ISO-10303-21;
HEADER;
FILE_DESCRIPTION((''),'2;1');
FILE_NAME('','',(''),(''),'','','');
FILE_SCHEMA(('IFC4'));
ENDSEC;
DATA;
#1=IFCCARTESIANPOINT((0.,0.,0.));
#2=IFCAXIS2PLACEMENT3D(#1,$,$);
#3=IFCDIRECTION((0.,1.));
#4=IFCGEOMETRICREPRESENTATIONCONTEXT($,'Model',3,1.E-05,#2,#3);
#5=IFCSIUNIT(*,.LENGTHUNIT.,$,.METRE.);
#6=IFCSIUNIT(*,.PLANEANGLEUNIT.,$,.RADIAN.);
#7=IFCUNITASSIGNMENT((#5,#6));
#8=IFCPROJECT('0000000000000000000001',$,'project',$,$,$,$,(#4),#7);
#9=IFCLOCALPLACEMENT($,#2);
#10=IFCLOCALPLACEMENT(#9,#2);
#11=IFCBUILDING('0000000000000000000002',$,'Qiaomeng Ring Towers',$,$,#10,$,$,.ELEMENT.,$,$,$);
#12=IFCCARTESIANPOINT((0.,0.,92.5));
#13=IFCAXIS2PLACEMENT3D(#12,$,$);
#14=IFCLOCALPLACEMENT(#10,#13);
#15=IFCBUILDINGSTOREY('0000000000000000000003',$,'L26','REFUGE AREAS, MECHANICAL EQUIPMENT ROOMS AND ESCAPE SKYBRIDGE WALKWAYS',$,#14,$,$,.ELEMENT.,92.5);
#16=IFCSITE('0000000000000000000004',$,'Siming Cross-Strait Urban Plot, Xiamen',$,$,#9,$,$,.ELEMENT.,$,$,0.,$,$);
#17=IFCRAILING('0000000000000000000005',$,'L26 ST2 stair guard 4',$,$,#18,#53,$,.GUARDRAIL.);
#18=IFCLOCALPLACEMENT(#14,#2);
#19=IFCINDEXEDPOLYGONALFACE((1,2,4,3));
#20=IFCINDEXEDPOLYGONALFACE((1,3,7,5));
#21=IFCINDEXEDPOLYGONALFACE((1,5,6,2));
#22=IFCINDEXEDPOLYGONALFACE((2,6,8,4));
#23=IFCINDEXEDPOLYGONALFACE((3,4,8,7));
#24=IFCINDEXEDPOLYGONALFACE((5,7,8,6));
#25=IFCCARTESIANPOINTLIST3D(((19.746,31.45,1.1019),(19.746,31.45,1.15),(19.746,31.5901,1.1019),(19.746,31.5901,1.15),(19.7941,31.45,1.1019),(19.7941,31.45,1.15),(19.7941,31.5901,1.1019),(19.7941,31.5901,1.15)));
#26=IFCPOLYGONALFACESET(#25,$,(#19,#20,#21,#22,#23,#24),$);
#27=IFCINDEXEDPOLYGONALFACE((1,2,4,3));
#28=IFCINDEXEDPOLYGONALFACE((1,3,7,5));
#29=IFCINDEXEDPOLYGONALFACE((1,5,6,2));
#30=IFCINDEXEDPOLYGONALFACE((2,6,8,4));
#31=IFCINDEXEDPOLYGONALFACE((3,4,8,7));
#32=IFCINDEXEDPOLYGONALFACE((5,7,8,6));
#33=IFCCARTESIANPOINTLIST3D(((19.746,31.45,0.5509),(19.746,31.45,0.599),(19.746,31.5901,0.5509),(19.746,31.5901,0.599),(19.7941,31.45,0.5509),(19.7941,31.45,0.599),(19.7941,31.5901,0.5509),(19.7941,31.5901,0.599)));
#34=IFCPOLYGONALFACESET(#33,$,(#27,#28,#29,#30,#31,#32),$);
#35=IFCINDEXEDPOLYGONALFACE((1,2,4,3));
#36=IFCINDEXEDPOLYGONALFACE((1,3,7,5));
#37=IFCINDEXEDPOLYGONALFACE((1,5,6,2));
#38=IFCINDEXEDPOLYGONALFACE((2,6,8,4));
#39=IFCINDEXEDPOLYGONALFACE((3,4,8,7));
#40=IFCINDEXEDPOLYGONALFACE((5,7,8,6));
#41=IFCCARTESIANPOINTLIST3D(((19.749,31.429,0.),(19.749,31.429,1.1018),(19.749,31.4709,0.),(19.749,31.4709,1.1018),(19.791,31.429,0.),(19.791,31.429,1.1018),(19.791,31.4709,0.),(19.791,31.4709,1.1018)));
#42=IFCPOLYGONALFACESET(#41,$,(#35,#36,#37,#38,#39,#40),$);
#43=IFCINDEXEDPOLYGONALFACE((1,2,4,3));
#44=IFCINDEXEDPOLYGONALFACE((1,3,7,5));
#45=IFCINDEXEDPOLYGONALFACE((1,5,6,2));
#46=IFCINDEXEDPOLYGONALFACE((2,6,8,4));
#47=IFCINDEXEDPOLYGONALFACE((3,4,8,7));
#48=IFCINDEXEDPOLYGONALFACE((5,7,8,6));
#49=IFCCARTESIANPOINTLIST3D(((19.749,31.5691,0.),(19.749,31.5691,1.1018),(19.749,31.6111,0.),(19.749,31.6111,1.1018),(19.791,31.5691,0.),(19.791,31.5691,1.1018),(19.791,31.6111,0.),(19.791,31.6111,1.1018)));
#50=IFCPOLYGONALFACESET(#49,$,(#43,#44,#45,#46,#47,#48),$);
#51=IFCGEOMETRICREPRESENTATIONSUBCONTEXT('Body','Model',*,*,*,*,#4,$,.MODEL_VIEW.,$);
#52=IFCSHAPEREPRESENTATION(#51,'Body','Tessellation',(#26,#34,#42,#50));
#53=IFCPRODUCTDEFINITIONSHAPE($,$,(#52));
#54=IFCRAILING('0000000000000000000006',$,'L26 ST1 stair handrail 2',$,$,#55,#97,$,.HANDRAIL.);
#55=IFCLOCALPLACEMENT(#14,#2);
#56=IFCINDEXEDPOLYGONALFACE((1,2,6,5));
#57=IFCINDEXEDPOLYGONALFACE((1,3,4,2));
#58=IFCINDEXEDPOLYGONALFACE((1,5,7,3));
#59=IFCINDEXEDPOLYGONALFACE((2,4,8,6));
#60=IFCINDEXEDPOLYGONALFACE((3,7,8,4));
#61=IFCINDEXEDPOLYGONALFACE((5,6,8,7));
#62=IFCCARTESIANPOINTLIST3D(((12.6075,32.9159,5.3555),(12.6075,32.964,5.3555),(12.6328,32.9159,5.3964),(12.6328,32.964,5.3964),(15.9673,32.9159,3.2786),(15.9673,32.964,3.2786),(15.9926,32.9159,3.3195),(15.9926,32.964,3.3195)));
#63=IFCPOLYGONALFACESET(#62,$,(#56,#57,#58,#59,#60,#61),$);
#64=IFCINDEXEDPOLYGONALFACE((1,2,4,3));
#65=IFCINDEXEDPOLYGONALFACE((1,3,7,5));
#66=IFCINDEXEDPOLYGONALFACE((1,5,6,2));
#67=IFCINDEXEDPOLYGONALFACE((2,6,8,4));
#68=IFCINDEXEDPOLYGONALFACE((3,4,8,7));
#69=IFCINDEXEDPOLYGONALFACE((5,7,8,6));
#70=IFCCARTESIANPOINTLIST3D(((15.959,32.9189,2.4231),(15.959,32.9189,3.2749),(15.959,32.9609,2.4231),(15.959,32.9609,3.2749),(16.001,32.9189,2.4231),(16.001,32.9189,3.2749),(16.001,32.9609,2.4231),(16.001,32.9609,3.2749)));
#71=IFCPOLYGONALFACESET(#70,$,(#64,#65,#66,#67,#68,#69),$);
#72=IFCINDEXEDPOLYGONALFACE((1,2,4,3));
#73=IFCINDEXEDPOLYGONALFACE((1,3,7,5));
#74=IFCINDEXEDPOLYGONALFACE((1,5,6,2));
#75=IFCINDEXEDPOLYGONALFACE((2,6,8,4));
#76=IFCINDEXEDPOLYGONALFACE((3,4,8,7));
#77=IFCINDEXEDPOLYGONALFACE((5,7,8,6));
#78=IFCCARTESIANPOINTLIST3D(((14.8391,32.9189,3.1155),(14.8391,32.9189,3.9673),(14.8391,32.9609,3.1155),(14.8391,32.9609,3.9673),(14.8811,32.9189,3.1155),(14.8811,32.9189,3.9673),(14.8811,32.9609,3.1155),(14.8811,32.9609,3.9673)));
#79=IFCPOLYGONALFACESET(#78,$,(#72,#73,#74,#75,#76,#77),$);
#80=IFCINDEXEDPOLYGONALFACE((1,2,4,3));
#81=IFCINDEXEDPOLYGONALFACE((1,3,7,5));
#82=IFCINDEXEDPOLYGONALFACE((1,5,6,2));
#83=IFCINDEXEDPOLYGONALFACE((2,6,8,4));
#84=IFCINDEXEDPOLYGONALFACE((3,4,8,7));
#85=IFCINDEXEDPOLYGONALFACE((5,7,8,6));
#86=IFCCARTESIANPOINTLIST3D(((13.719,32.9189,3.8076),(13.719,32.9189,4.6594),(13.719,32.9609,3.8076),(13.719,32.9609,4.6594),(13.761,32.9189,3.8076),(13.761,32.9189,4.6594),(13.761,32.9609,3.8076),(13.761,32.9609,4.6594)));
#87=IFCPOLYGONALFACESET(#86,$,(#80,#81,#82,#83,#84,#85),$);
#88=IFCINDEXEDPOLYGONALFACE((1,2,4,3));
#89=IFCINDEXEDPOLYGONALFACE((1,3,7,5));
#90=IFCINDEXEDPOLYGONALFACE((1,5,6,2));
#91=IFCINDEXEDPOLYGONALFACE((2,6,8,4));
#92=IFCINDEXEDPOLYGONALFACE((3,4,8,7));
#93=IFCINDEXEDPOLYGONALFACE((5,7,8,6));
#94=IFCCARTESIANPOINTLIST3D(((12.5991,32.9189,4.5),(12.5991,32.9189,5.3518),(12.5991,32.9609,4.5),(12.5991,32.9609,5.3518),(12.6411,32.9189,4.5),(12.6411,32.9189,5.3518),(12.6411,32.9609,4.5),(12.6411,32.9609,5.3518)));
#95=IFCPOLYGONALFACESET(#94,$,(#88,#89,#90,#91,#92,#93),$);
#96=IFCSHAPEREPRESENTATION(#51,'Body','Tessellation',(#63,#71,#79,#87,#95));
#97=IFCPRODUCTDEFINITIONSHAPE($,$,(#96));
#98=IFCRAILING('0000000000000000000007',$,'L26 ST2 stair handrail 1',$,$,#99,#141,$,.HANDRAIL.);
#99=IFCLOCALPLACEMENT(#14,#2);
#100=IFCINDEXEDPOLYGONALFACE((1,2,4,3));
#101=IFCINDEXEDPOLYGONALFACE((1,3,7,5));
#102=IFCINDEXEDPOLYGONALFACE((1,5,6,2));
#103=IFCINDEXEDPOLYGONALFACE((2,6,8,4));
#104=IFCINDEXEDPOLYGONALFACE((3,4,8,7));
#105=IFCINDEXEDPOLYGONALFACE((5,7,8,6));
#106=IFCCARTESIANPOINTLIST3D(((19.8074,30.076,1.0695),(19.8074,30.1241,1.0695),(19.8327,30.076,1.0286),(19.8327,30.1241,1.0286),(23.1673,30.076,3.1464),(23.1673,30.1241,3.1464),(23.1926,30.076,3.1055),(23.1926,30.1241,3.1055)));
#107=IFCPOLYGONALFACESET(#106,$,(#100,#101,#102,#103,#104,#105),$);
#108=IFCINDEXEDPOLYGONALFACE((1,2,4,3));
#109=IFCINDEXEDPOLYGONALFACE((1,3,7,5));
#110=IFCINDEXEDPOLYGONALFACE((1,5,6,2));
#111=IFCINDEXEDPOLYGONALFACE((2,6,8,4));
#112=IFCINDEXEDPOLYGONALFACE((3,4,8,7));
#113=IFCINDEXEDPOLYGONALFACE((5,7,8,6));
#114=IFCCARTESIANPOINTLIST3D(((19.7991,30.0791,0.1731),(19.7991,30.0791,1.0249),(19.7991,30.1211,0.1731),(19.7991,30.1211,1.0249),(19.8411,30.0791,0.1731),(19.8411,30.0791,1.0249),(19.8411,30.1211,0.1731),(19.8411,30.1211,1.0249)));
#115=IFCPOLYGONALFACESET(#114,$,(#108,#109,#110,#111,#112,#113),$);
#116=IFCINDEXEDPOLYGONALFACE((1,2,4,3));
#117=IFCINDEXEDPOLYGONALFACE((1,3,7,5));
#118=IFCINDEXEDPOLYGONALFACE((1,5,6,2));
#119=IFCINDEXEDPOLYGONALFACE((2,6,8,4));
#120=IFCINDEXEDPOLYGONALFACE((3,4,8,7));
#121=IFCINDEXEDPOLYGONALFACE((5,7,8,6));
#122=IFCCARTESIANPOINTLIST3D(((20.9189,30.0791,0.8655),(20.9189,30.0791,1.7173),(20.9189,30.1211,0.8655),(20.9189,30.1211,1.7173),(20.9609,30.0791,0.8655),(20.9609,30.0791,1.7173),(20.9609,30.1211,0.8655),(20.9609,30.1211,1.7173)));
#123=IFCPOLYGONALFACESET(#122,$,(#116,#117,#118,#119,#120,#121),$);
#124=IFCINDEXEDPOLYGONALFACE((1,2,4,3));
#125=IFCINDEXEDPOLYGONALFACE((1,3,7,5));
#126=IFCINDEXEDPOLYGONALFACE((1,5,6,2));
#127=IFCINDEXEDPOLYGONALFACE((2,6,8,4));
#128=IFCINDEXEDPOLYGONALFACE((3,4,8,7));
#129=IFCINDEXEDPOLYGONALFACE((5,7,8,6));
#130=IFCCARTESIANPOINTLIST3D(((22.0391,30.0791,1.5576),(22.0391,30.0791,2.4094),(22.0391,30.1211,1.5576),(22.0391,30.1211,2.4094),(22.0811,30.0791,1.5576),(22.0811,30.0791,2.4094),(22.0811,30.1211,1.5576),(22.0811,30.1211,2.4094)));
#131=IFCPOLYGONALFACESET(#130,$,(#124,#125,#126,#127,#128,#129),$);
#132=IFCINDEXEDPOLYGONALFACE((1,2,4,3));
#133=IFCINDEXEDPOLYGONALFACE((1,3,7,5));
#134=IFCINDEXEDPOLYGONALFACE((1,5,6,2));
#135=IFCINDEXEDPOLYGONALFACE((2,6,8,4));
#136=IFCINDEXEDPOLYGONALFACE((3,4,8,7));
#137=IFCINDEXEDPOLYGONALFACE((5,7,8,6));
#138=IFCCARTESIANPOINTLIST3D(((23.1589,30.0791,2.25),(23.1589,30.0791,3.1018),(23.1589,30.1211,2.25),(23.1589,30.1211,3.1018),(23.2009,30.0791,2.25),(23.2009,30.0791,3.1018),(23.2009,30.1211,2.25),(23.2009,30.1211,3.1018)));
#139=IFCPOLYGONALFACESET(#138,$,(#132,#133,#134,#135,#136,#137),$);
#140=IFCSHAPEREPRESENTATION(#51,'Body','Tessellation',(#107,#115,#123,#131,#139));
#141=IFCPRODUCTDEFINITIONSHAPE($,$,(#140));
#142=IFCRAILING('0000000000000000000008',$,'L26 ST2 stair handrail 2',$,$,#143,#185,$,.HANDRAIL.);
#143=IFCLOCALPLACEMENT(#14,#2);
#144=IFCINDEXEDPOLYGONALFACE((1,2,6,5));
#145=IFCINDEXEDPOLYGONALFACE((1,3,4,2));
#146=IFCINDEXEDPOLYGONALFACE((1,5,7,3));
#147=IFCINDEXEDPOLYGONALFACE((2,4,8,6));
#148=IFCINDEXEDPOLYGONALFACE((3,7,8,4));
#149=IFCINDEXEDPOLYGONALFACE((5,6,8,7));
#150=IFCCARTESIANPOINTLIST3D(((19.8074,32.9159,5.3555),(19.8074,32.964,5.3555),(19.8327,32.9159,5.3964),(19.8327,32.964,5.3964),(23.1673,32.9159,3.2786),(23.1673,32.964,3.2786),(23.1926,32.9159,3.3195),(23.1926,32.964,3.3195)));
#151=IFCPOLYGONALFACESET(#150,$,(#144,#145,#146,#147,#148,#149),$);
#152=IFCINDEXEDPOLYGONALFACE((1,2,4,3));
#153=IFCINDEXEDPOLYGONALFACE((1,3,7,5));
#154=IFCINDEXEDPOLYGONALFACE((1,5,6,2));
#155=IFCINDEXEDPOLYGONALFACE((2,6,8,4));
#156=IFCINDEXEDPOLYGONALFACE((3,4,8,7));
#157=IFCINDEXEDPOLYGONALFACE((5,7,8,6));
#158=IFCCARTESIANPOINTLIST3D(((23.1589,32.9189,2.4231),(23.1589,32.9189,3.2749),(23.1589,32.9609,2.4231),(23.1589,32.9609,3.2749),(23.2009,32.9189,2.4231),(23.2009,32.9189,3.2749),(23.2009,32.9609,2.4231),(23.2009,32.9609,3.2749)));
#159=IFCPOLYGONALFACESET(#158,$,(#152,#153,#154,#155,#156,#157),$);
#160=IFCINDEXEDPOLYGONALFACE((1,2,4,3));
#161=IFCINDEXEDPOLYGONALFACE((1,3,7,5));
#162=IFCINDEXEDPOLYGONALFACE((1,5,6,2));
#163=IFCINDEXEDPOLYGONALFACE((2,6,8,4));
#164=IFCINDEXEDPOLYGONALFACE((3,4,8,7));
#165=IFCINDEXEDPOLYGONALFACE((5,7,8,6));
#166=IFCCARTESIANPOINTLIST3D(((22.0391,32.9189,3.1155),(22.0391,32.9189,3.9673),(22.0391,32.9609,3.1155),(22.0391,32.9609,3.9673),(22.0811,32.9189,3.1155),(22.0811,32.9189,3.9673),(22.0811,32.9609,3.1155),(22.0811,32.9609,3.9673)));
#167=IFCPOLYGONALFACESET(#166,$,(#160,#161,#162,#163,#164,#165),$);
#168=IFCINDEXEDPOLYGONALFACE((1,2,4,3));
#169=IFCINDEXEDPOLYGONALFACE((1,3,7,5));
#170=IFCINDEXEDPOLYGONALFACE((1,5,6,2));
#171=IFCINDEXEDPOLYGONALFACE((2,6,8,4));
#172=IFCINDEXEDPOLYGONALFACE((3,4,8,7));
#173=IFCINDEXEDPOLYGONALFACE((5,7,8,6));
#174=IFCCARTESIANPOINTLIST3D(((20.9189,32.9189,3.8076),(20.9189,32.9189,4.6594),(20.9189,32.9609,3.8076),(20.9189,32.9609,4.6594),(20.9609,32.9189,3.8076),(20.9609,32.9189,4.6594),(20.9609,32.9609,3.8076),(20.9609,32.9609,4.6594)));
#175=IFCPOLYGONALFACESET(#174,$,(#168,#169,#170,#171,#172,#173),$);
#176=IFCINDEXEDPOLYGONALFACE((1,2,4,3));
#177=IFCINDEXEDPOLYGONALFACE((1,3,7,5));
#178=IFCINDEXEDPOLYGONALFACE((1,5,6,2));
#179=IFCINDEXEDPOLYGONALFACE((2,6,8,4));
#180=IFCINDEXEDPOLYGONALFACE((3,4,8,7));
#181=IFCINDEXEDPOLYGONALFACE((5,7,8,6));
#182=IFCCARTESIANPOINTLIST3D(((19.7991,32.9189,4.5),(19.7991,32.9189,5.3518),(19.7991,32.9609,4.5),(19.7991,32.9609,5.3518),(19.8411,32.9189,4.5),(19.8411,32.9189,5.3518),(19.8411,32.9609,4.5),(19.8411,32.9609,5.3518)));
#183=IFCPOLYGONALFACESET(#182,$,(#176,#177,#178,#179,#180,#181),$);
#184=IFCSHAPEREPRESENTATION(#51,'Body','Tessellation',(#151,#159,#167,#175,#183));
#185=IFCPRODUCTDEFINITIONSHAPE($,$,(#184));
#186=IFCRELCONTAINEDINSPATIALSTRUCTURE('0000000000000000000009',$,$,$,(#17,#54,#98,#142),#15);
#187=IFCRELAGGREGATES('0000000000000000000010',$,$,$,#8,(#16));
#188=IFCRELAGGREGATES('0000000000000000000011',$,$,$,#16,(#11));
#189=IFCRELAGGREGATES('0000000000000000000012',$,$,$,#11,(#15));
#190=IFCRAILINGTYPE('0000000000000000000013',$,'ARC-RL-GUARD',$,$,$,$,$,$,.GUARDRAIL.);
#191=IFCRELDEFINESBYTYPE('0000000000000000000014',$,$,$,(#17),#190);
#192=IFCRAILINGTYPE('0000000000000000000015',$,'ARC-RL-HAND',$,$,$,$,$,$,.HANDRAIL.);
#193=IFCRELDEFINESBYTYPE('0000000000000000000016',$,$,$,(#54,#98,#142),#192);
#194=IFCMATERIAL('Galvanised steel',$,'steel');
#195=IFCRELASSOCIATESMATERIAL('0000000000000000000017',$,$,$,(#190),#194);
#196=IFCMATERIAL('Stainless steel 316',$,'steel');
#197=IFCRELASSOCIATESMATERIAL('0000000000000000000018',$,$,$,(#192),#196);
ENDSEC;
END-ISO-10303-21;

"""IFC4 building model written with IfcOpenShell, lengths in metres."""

from ifc_helpers import new_model, si_unit, direction, frame, origin, origin_2d, place, context, subcontext, project, spatial, rectangle, extrude, material, type_object, element, save


model = new_model("IFC4")

# Units and contexts
model_context = context("Model", 3, precision=1e-05, world=origin(), true_north=direction((0.0, 1.0)))
body_context = subcontext(model_context, "Body", "Model", "MODEL_VIEW")
ifc_project = project(units=[si_unit("LENGTHUNIT", "METRE"), si_unit("PLANEANGLEUNIT", "RADIAN")], contexts=[model_context])

# Site, building, storey
site_placement = place(None, origin())
site = spatial("IfcSite", under=ifc_project, at=site_placement, Name="Siming Cross-Strait Urban Plot, Xiamen", CompositionType="ELEMENT", RefElevation=0.0)
building_placement = place(site_placement, origin())
building = spatial("IfcBuilding", under=site, at=building_placement, Name="Qiaomeng Ring Towers", CompositionType="ELEMENT")
storey_placement = place(building_placement, frame((0.0, 0.0, 92.5)))
storey = spatial("IfcBuildingStorey", under=building, at=storey_placement, Name="L26", Description="REFUGE AREAS, MECHANICAL EQUIPMENT ROOMS AND ESCAPE SKYBRIDGE WALKWAYS", CompositionType="ELEMENT", Elevation=92.5)

# Shared definitions
ifc_material_1 = material(Name="Galvanised steel", Category="steel")

# Shared definitions
ifc_material_2 = material(Name="Stainless steel 316", Category="steel")

# Railings
railing_type_1 = type_object("IfcRailingType", Name="ARC-RL-GUARD", PredefinedType="GUARDRAIL", material=ifc_material_1)
railing_1_placement = place(storey_placement, frame((19.77, 31.45, 0.0)))
element("IfcRailing", 1, at=railing_1_placement, inside=storey, type_object=railing_type_1, Name="L26 ST2 stair guard 4", PredefinedType="GUARDRAIL", context=body_context, shape_type="SweptSolid", body=[
    extrude(rectangle(XDim=0.0481, YDim=0.0481, at=origin_2d()), frame((0.0, 0.0, 1.126), z_axis=(0.0, 1.0, 0.0), x_axis=(-1.0, 0.0, 0.0)), (0.0, 0.0, 1.0), 0.1401),
    extrude(rectangle(XDim=0.0481, YDim=0.0481, at=origin_2d()), frame((0.0, 0.0, 0.575), z_axis=(0.0, 1.0, 0.0), x_axis=(-1.0, 0.0, 0.0)), (0.0, 0.0, 1.0), 0.1401),
    extrude(rectangle(XDim=0.042, YDim=0.042, at=origin_2d()), origin(), (0.0, 0.0, 1.0), 1.1018),
    extrude(rectangle(XDim=0.042, YDim=0.042, at=origin_2d()), frame((0.0, 0.1401, 0.0)), (0.0, 0.0, 1.0), 1.1018),
])
railing_type_2 = type_object("IfcRailingType", Name="ARC-RL-HAND", PredefinedType="HANDRAIL", material=ifc_material_2)
railing_2_placement = place(storey_placement, frame((15.98, 32.9399, 2.4231)))
element("IfcRailing", 2, at=railing_2_placement, inside=storey, type_object=railing_type_2, Name="L26 ST1 stair handrail 2", PredefinedType="HANDRAIL", context=body_context, shape_type="SweptSolid", body=[
    extrude(rectangle(XDim=0.0481, YDim=0.0481, at=origin_2d()), frame((0.0, 0.0, 0.876), z_axis=(-0.850606, 0.0, 0.525803), x_axis=(0.0, -1.0, 0.0)), (0.0, 0.0, 1.0), 3.95),
    extrude(rectangle(XDim=0.042, YDim=0.042, at=origin_2d()), origin(), (0.0, 0.0, 1.0), 0.8518),
    extrude(rectangle(XDim=0.042, YDim=0.042, at=origin_2d()), frame((-1.1199, 0.0, 0.6924)), (0.0, 0.0, 1.0), 0.8518),
    extrude(rectangle(XDim=0.042, YDim=0.042, at=origin_2d()), frame((-2.24, 0.0, 1.3845)), (0.0, 0.0, 1.0), 0.8518),
    extrude(rectangle(XDim=0.042, YDim=0.042, at=origin_2d()), frame((-3.3599, 0.0, 2.0769)), (0.0, 0.0, 1.0), 0.8518),
])
railing_3_placement = place(storey_placement, frame((19.8201, 30.1001, 0.1731)))
element("IfcRailing", 3, at=railing_3_placement, inside=storey, type_object=railing_type_2, Name="L26 ST2 stair handrail 1", PredefinedType="HANDRAIL", context=body_context, shape_type="SweptSolid", body=[
    extrude(rectangle(XDim=0.0481, YDim=0.0481, at=origin_2d()), frame((0.0, 0.0, 0.876), z_axis=(0.850606, 0.0, 0.525803), x_axis=(0.0, 1.0, 0.0)), (0.0, 0.0, 1.0), 3.95),
    extrude(rectangle(XDim=0.042, YDim=0.042, at=origin_2d()), origin(), (0.0, 0.0, 1.0), 0.8518),
    extrude(rectangle(XDim=0.042, YDim=0.042, at=origin_2d()), frame((1.1199, 0.0, 0.6924)), (0.0, 0.0, 1.0), 0.8518),
    extrude(rectangle(XDim=0.042, YDim=0.042, at=origin_2d()), frame((2.24, 0.0, 1.3845)), (0.0, 0.0, 1.0), 0.8518),
    extrude(rectangle(XDim=0.042, YDim=0.042, at=origin_2d()), frame((3.3599, 0.0, 2.0769)), (0.0, 0.0, 1.0), 0.8518),
])
railing_4_placement = place(storey_placement, frame((23.1799, 32.9399, 2.4231)))
element("IfcRailing", 4, at=railing_4_placement, inside=storey, type_object=railing_type_2, Name="L26 ST2 stair handrail 2", PredefinedType="HANDRAIL", context=body_context, shape_type="SweptSolid", body=[
    extrude(rectangle(XDim=0.0481, YDim=0.0481, at=origin_2d()), frame((0.0, 0.0, 0.876), z_axis=(-0.850606, 0.0, 0.525803), x_axis=(0.0, -1.0, 0.0)), (0.0, 0.0, 1.0), 3.95),
    extrude(rectangle(XDim=0.042, YDim=0.042, at=origin_2d()), origin(), (0.0, 0.0, 1.0), 0.8518),
    extrude(rectangle(XDim=0.042, YDim=0.042, at=origin_2d()), frame((-1.1199, 0.0, 0.6924)), (0.0, 0.0, 1.0), 0.8518),
    extrude(rectangle(XDim=0.042, YDim=0.042, at=origin_2d()), frame((-2.24, 0.0, 1.3845)), (0.0, 0.0, 1.0), 0.8518),
    extrude(rectangle(XDim=0.042, YDim=0.042, at=origin_2d()), frame((-3.3599, 0.0, 2.0769)), (0.0, 0.0, 1.0), 0.8518),
])

save(model, "model.ifc")
